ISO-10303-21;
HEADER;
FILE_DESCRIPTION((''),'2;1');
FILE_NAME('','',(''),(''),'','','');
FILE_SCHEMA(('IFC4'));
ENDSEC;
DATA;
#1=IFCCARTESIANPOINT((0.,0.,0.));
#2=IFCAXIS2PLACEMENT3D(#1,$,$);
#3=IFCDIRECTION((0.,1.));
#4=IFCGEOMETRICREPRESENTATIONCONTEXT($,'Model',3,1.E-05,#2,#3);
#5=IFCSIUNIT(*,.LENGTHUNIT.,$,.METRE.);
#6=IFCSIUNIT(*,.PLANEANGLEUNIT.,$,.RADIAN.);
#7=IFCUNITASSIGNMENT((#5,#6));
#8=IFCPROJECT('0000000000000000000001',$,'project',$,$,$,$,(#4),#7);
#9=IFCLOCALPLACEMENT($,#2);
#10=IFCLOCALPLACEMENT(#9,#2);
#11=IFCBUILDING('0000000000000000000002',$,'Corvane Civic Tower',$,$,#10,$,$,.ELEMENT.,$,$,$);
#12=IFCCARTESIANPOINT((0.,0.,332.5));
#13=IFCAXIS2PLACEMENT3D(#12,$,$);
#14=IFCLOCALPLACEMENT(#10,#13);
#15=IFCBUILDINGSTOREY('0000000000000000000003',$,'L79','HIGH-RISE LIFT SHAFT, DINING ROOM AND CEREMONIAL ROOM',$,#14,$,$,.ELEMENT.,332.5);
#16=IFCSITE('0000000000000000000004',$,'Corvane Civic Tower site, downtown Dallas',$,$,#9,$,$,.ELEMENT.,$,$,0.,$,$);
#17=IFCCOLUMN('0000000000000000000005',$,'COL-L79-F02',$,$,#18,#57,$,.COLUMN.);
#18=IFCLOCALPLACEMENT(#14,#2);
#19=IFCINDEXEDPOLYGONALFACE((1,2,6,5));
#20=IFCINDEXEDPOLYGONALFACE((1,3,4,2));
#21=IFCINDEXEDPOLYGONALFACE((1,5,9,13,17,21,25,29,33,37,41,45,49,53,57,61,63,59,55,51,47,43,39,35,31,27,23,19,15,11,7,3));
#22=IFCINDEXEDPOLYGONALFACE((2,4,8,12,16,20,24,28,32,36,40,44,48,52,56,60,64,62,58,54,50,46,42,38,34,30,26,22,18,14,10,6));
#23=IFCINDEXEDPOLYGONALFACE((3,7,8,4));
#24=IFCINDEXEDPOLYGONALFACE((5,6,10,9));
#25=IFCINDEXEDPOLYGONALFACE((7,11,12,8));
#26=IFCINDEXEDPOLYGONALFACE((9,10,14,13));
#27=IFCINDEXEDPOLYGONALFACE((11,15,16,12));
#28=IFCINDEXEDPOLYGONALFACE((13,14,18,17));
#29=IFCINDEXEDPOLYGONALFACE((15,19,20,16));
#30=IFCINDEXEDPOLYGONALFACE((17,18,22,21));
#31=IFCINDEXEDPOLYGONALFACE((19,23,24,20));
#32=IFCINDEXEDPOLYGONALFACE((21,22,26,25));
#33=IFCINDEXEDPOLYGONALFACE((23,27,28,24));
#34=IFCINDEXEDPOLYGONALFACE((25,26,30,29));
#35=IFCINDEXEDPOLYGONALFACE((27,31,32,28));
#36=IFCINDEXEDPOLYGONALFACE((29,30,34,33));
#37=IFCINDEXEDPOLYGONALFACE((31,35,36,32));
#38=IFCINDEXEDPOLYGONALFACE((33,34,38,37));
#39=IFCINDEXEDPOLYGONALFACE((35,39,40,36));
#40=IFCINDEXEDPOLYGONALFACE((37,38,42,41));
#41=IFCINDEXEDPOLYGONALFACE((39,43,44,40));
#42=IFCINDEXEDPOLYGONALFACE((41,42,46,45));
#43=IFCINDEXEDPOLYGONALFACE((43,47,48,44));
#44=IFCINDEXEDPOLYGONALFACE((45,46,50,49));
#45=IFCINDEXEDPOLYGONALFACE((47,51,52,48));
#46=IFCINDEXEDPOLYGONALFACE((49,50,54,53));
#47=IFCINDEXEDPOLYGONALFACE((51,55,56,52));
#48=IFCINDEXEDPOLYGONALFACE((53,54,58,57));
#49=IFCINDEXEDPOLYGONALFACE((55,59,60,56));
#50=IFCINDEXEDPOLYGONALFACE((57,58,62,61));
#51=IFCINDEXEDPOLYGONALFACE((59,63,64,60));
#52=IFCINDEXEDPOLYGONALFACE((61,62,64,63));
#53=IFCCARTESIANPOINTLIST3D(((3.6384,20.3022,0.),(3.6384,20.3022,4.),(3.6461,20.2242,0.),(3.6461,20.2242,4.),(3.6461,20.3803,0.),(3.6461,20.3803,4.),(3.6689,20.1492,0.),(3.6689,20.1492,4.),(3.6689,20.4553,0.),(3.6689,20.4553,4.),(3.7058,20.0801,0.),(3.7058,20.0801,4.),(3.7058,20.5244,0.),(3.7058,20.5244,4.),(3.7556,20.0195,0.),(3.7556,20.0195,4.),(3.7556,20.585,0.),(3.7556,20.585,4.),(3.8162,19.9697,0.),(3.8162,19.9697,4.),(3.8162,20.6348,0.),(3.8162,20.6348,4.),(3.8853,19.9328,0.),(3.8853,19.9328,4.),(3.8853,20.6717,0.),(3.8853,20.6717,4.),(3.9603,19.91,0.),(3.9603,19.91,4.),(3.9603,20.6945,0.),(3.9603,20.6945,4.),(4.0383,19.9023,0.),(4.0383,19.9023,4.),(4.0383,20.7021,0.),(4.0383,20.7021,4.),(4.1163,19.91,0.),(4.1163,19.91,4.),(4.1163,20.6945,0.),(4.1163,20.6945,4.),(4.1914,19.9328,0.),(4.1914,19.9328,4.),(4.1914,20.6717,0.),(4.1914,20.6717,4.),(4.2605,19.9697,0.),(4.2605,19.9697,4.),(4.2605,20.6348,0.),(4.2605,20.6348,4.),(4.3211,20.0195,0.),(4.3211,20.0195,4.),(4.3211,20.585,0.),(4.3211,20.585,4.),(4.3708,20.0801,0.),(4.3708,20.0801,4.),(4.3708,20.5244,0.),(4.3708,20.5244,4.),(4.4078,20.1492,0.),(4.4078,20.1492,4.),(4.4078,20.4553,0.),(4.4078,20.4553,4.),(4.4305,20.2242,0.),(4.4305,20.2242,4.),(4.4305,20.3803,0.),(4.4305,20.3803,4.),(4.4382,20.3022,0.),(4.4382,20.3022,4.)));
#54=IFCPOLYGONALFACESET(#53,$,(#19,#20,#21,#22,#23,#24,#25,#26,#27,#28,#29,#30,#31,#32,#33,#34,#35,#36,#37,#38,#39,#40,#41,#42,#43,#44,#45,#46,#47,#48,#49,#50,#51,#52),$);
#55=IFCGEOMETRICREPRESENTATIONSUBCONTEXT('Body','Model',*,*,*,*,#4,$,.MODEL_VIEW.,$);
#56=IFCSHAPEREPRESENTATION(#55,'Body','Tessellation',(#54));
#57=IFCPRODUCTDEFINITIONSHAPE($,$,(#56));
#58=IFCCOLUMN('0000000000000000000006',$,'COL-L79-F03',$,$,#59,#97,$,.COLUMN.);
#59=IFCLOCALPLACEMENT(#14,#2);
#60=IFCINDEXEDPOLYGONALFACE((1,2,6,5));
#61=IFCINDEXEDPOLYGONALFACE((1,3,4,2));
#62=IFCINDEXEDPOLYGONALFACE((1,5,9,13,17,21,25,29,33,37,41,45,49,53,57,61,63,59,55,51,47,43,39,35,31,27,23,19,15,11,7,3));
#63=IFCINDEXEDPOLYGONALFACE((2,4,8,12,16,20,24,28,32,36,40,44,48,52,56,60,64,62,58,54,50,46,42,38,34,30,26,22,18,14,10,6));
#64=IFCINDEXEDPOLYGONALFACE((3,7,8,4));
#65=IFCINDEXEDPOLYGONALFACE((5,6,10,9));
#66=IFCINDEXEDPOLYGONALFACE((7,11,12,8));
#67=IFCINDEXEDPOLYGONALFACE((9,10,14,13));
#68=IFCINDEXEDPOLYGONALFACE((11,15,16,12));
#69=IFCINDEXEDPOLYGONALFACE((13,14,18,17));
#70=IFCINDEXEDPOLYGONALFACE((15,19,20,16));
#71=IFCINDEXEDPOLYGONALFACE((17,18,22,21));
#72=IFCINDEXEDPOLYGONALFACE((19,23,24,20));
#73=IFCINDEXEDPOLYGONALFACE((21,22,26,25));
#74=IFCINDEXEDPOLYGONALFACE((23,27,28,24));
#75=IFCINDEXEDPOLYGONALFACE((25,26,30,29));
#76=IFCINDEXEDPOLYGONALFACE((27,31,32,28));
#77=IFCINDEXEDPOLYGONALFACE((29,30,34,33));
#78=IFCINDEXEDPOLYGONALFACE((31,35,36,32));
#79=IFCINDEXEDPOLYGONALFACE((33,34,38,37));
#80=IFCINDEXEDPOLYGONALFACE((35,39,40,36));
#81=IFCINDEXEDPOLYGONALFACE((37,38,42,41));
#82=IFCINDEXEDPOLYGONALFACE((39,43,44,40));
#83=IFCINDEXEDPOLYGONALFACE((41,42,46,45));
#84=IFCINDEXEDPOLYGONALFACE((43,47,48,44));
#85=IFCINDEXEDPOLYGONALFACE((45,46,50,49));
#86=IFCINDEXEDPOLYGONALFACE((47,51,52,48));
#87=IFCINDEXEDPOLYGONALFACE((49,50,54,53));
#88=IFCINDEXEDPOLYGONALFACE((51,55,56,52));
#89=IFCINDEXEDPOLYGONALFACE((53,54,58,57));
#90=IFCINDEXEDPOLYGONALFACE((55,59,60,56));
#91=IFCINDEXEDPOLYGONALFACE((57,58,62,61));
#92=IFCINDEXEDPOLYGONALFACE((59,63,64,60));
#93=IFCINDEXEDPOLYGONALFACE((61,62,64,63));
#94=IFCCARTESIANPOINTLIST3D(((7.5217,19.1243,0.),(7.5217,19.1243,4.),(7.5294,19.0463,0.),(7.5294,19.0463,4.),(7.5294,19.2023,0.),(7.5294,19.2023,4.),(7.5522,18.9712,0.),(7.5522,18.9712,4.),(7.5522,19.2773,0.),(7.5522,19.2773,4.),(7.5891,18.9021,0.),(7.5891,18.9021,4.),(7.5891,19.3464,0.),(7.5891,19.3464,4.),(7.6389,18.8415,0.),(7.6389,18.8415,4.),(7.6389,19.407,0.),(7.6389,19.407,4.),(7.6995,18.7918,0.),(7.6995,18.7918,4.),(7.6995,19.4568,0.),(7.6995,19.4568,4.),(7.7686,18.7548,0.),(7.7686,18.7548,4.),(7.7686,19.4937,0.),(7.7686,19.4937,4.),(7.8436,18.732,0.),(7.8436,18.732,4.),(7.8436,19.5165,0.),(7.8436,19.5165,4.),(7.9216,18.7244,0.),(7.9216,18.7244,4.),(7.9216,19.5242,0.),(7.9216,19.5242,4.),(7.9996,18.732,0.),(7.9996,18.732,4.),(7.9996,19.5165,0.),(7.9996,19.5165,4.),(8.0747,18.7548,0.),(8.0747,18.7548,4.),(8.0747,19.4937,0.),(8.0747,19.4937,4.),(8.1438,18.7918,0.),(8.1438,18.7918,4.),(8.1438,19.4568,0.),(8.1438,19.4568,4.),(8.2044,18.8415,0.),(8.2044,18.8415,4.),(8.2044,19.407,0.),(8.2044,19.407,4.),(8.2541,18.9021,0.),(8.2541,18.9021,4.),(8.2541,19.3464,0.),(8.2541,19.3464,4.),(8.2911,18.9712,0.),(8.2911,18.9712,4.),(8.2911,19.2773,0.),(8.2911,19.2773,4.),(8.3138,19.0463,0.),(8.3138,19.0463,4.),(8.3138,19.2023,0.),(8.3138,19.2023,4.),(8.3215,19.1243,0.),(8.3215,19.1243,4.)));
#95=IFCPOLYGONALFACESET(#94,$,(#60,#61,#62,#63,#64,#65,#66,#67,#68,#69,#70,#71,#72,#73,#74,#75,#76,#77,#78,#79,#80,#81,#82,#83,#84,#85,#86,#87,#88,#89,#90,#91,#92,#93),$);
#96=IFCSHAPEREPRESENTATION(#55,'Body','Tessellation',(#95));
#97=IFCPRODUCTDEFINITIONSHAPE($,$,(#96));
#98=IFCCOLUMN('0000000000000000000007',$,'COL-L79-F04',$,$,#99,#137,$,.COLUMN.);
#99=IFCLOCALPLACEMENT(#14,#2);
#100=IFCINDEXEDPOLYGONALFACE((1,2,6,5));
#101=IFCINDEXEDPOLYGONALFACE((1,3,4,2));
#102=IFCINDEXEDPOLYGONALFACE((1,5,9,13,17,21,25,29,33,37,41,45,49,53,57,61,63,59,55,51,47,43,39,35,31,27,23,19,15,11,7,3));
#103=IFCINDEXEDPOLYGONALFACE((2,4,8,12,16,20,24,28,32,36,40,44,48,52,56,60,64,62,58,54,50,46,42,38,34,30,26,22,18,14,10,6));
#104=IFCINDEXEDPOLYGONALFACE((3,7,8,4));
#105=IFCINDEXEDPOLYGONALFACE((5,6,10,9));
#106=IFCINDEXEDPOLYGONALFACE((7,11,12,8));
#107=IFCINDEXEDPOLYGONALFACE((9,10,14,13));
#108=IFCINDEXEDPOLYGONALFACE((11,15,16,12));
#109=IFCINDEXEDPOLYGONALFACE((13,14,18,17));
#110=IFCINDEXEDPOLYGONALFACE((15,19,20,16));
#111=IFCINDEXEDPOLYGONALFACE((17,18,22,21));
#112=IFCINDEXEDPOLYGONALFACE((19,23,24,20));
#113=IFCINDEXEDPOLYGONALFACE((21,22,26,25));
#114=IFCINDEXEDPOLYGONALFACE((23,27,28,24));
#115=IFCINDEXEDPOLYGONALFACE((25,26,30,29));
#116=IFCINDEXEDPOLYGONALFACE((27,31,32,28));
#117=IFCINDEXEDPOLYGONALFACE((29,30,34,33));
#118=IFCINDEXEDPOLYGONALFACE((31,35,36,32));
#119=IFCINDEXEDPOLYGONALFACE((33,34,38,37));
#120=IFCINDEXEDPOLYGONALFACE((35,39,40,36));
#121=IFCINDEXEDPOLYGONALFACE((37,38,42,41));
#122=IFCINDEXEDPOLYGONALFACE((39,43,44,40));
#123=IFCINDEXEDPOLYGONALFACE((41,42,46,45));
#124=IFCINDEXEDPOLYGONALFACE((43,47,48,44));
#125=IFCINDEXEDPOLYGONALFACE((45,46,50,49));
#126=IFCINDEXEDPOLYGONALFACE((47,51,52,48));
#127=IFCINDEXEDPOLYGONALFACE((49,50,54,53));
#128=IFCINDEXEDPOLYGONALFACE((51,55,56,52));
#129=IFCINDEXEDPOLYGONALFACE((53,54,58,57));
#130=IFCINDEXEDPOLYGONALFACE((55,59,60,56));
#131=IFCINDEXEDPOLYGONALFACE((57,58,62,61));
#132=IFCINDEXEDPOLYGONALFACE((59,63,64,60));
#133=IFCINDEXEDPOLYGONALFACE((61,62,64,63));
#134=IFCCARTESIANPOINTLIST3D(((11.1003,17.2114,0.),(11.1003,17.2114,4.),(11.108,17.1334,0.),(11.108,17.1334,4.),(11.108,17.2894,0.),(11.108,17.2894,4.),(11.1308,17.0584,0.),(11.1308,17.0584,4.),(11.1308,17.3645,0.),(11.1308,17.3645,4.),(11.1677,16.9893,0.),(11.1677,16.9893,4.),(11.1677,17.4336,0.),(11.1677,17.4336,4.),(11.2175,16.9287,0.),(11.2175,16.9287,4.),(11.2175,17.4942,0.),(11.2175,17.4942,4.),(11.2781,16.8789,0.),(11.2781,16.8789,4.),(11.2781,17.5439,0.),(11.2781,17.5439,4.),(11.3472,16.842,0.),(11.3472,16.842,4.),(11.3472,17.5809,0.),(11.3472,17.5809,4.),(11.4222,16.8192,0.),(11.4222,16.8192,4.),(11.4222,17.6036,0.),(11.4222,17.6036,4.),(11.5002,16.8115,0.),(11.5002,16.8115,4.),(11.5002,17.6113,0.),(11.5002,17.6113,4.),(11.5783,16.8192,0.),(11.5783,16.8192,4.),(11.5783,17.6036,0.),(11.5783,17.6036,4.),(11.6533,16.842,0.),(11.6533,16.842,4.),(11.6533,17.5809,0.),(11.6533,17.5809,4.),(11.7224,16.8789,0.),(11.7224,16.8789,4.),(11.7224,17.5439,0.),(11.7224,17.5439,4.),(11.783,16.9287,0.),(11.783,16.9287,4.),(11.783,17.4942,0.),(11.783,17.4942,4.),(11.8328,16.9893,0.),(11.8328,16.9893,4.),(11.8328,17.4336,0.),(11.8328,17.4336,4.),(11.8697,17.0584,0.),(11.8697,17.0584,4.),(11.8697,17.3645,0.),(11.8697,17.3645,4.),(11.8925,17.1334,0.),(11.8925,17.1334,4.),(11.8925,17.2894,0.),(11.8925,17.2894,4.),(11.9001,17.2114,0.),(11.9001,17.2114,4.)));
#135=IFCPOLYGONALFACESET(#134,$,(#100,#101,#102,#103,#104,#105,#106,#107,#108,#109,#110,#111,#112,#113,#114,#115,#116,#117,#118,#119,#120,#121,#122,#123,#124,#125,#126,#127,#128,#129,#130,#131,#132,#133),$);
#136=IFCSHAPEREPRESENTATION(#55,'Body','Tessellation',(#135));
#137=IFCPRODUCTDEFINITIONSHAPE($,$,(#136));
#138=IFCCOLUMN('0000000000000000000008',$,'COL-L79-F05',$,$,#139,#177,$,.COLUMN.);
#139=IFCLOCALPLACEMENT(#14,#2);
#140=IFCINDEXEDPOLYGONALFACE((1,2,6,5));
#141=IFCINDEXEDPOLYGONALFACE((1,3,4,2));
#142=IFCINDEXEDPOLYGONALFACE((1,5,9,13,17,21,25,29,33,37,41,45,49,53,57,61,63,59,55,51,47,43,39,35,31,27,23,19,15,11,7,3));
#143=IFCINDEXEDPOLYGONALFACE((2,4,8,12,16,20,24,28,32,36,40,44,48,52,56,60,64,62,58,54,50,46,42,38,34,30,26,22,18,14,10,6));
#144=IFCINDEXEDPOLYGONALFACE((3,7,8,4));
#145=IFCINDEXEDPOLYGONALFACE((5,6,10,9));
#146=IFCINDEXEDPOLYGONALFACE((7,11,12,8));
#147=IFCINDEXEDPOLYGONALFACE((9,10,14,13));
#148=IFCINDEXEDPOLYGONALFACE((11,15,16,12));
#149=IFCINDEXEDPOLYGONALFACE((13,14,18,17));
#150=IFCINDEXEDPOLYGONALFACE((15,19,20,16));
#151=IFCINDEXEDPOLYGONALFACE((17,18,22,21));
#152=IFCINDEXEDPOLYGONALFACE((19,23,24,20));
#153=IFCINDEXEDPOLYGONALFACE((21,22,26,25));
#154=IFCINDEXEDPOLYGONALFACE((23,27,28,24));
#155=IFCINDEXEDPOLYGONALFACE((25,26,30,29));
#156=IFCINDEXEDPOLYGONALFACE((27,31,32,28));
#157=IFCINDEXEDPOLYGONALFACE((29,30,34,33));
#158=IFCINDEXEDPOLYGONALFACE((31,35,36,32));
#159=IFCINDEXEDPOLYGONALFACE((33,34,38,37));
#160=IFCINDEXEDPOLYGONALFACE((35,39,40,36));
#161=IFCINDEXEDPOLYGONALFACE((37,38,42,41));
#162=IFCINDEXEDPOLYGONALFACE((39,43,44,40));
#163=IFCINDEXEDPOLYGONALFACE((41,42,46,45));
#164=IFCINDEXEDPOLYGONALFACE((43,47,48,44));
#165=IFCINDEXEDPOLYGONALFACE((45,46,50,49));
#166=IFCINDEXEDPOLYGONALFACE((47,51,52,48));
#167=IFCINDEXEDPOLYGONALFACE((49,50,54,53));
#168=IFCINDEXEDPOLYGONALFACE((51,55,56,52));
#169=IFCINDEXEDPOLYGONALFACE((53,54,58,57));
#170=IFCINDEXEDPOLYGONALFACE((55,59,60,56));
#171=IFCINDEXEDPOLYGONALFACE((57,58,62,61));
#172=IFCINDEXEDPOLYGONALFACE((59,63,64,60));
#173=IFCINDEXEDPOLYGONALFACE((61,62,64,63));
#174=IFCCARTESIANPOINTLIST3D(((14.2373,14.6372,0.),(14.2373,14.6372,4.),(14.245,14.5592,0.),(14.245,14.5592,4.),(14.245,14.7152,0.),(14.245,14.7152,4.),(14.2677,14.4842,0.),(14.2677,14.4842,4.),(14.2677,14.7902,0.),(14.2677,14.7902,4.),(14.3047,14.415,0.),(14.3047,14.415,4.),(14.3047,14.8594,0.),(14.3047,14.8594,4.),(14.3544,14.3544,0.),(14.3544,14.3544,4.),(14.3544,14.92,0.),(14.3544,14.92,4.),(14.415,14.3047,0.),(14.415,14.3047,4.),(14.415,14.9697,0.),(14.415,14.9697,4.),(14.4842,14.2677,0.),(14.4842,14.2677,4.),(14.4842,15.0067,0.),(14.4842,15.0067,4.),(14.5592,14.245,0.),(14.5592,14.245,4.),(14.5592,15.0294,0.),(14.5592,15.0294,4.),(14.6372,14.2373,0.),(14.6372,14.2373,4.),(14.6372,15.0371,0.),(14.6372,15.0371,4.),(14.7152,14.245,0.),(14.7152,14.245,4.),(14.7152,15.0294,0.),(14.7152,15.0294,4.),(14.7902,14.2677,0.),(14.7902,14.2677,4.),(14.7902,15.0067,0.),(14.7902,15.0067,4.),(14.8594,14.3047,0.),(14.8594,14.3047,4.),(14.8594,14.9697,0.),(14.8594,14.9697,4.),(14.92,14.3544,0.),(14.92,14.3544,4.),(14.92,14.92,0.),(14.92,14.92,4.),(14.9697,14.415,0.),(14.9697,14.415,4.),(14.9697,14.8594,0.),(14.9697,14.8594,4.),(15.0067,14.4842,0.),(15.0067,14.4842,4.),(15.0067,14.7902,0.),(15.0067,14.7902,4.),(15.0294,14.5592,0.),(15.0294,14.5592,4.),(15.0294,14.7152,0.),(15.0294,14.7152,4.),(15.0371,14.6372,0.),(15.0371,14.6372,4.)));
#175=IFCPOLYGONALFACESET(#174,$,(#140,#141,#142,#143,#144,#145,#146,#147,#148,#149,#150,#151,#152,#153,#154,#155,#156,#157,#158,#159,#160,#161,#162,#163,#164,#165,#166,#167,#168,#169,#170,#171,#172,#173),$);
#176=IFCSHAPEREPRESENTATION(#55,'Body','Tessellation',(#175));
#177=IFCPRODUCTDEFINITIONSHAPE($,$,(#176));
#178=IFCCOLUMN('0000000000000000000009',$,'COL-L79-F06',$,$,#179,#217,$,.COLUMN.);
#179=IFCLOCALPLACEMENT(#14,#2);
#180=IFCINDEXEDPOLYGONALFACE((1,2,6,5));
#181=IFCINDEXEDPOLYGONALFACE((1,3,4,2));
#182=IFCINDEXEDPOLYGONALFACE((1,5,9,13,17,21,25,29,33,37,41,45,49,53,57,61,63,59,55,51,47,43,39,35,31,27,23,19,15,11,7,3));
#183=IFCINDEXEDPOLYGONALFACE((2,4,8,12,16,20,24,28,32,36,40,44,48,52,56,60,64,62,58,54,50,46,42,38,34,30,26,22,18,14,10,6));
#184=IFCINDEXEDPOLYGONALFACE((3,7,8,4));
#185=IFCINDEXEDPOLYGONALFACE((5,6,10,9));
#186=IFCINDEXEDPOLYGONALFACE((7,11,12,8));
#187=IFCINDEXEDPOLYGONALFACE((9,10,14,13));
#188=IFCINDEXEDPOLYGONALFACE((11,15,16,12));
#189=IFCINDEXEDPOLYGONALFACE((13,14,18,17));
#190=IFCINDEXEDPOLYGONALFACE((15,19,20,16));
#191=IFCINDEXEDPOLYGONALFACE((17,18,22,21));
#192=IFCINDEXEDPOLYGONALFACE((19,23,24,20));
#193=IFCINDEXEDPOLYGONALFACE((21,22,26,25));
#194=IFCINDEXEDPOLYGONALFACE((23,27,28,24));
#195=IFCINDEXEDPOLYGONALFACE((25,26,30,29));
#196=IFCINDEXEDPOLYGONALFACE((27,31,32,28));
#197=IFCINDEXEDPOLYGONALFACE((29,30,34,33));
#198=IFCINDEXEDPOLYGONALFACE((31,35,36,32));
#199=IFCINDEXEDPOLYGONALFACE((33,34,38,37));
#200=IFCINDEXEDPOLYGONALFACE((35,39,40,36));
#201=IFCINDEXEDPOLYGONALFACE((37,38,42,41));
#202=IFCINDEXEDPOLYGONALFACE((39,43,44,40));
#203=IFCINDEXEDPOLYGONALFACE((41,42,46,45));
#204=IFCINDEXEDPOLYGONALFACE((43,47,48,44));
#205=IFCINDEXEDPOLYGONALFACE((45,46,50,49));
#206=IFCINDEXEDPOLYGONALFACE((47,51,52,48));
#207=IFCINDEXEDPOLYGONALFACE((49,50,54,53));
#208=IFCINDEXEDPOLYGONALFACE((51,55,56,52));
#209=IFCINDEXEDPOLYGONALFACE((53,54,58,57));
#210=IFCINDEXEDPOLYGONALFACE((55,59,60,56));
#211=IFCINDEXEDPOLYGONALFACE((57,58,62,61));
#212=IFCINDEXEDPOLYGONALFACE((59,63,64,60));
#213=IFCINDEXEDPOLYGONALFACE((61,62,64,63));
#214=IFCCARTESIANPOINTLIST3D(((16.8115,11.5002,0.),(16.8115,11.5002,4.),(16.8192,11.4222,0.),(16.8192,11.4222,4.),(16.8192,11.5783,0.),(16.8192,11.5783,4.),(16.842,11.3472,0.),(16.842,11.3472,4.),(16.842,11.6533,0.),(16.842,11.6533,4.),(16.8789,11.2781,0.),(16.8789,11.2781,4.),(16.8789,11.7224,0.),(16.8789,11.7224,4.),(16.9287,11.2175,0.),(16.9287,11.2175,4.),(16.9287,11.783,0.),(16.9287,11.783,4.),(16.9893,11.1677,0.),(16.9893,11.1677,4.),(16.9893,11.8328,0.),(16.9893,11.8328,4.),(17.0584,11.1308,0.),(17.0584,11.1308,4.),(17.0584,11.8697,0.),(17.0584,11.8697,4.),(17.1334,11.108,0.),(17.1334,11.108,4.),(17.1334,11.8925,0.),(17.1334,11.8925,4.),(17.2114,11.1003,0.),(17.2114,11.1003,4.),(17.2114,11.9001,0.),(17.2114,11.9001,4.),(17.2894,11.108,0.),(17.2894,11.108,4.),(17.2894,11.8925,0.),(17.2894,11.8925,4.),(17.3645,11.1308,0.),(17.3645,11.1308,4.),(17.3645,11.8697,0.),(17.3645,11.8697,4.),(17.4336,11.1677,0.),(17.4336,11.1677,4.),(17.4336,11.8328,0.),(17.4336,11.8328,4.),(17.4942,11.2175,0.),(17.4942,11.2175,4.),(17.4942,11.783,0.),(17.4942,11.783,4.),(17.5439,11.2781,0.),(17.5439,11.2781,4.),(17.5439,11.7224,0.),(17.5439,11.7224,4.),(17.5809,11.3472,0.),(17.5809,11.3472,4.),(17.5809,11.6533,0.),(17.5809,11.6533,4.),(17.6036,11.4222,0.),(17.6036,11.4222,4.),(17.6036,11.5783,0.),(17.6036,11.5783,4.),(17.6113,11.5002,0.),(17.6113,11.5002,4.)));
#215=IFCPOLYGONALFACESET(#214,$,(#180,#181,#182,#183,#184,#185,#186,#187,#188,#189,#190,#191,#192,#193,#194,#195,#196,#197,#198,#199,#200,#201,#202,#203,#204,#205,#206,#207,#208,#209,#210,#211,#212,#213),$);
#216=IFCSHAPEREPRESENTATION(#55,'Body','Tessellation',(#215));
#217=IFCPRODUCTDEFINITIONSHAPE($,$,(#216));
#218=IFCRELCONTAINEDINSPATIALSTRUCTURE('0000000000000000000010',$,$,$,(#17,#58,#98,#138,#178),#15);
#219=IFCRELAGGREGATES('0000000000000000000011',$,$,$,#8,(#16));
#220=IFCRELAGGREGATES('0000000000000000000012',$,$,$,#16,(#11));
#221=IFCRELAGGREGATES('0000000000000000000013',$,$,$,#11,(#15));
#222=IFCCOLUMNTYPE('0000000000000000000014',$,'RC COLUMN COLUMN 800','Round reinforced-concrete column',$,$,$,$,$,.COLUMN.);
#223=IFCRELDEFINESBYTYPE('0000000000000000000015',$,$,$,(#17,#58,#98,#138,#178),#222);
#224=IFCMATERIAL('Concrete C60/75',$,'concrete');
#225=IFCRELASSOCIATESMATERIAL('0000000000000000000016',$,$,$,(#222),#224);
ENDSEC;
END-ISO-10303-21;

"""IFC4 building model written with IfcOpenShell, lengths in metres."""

from ifc_helpers import new_model, si_unit, direction, frame, origin, origin_2d, place, context, subcontext, project, spatial, circle, extrude, material, material_profile, profile_set, type_object, element, save


model = new_model("IFC4")

# Units and contexts
model_context = context("Model", 3, precision=1e-05, world=origin(), true_north=direction((0.0, 1.0)))
body_context = subcontext(model_context, "Body", "Model", "MODEL_VIEW")
ifc_project = project(units=[si_unit("LENGTHUNIT", "METRE"), si_unit("PLANEANGLEUNIT", "RADIAN")], contexts=[model_context])

# Site, building, storey
site_placement = place(None, origin())
site = spatial("IfcSite", under=ifc_project, at=site_placement, Name="Corvane Civic Tower site, downtown Dallas", CompositionType="ELEMENT", RefElevation=0.0)
building_placement = place(site_placement, origin())
building = spatial("IfcBuilding", under=site, at=building_placement, Name="Corvane Civic Tower", CompositionType="ELEMENT")
storey_placement = place(building_placement, frame((0.0, 0.0, 332.5)))
storey = spatial("IfcBuildingStorey", under=building, at=storey_placement, Name="L79", Description="HIGH-RISE LIFT SHAFT, DINING ROOM AND CEREMONIAL ROOM", CompositionType="ELEMENT", Elevation=332.5)

# Columns
ifc_material_1 = material(Name="Concrete C60/75", Category="concrete")
ifc_material_profile_1 = material_profile(ifc_material_1, circle(Radius=0.3999, at=origin_2d()), Name="COLUMN 800")
ifc_profile_set_1 = profile_set([ifc_material_profile_1], Name="Concrete C60/75")
column_type = type_object("IfcColumnType", Name="RC COLUMN COLUMN 800", Description="Round reinforced-concrete column", PredefinedType="COLUMN", material=ifc_profile_set_1)
for number, where, z_axis, x_axis, name in (
    (1, (4.0383, 20.3022, 0.0), (0.0, 0.0, 1.0), (1.0, 0.0, 0.0), "COL-L79-F02"),
    (2, (7.9216, 19.1243, 0.0), (0.0, 0.0, 1.0), (1.0, 0.0, 0.0), "COL-L79-F03"),
    (3, (11.5002, 17.2114, 0.0), (0.0, 0.0, 1.0), (1.0, 0.0, 0.0), "COL-L79-F04"),
    (4, (14.6372, 14.6372, 0.0), (0.0, 0.0, 1.0), (1.0, 0.0, 0.0), "COL-L79-F05"),
    (5, (17.2114, 11.5002, 0.0), (0.0, 0.0, 1.0), (1.0, 0.0, 0.0), "COL-L79-F06"),
):
    element("IfcColumn", number, at=place(storey_placement, frame(where, z_axis=z_axis, x_axis=x_axis)), inside=storey, type_object=column_type, Name=name, PredefinedType="COLUMN", context=body_context, shape_type="SweptSolid", body=[
        extrude(circle(Radius=0.3999, at=origin_2d()), origin(), (0.0, 0.0, 1.0), 4.0),
    ])

save(model, "model.ifc")
